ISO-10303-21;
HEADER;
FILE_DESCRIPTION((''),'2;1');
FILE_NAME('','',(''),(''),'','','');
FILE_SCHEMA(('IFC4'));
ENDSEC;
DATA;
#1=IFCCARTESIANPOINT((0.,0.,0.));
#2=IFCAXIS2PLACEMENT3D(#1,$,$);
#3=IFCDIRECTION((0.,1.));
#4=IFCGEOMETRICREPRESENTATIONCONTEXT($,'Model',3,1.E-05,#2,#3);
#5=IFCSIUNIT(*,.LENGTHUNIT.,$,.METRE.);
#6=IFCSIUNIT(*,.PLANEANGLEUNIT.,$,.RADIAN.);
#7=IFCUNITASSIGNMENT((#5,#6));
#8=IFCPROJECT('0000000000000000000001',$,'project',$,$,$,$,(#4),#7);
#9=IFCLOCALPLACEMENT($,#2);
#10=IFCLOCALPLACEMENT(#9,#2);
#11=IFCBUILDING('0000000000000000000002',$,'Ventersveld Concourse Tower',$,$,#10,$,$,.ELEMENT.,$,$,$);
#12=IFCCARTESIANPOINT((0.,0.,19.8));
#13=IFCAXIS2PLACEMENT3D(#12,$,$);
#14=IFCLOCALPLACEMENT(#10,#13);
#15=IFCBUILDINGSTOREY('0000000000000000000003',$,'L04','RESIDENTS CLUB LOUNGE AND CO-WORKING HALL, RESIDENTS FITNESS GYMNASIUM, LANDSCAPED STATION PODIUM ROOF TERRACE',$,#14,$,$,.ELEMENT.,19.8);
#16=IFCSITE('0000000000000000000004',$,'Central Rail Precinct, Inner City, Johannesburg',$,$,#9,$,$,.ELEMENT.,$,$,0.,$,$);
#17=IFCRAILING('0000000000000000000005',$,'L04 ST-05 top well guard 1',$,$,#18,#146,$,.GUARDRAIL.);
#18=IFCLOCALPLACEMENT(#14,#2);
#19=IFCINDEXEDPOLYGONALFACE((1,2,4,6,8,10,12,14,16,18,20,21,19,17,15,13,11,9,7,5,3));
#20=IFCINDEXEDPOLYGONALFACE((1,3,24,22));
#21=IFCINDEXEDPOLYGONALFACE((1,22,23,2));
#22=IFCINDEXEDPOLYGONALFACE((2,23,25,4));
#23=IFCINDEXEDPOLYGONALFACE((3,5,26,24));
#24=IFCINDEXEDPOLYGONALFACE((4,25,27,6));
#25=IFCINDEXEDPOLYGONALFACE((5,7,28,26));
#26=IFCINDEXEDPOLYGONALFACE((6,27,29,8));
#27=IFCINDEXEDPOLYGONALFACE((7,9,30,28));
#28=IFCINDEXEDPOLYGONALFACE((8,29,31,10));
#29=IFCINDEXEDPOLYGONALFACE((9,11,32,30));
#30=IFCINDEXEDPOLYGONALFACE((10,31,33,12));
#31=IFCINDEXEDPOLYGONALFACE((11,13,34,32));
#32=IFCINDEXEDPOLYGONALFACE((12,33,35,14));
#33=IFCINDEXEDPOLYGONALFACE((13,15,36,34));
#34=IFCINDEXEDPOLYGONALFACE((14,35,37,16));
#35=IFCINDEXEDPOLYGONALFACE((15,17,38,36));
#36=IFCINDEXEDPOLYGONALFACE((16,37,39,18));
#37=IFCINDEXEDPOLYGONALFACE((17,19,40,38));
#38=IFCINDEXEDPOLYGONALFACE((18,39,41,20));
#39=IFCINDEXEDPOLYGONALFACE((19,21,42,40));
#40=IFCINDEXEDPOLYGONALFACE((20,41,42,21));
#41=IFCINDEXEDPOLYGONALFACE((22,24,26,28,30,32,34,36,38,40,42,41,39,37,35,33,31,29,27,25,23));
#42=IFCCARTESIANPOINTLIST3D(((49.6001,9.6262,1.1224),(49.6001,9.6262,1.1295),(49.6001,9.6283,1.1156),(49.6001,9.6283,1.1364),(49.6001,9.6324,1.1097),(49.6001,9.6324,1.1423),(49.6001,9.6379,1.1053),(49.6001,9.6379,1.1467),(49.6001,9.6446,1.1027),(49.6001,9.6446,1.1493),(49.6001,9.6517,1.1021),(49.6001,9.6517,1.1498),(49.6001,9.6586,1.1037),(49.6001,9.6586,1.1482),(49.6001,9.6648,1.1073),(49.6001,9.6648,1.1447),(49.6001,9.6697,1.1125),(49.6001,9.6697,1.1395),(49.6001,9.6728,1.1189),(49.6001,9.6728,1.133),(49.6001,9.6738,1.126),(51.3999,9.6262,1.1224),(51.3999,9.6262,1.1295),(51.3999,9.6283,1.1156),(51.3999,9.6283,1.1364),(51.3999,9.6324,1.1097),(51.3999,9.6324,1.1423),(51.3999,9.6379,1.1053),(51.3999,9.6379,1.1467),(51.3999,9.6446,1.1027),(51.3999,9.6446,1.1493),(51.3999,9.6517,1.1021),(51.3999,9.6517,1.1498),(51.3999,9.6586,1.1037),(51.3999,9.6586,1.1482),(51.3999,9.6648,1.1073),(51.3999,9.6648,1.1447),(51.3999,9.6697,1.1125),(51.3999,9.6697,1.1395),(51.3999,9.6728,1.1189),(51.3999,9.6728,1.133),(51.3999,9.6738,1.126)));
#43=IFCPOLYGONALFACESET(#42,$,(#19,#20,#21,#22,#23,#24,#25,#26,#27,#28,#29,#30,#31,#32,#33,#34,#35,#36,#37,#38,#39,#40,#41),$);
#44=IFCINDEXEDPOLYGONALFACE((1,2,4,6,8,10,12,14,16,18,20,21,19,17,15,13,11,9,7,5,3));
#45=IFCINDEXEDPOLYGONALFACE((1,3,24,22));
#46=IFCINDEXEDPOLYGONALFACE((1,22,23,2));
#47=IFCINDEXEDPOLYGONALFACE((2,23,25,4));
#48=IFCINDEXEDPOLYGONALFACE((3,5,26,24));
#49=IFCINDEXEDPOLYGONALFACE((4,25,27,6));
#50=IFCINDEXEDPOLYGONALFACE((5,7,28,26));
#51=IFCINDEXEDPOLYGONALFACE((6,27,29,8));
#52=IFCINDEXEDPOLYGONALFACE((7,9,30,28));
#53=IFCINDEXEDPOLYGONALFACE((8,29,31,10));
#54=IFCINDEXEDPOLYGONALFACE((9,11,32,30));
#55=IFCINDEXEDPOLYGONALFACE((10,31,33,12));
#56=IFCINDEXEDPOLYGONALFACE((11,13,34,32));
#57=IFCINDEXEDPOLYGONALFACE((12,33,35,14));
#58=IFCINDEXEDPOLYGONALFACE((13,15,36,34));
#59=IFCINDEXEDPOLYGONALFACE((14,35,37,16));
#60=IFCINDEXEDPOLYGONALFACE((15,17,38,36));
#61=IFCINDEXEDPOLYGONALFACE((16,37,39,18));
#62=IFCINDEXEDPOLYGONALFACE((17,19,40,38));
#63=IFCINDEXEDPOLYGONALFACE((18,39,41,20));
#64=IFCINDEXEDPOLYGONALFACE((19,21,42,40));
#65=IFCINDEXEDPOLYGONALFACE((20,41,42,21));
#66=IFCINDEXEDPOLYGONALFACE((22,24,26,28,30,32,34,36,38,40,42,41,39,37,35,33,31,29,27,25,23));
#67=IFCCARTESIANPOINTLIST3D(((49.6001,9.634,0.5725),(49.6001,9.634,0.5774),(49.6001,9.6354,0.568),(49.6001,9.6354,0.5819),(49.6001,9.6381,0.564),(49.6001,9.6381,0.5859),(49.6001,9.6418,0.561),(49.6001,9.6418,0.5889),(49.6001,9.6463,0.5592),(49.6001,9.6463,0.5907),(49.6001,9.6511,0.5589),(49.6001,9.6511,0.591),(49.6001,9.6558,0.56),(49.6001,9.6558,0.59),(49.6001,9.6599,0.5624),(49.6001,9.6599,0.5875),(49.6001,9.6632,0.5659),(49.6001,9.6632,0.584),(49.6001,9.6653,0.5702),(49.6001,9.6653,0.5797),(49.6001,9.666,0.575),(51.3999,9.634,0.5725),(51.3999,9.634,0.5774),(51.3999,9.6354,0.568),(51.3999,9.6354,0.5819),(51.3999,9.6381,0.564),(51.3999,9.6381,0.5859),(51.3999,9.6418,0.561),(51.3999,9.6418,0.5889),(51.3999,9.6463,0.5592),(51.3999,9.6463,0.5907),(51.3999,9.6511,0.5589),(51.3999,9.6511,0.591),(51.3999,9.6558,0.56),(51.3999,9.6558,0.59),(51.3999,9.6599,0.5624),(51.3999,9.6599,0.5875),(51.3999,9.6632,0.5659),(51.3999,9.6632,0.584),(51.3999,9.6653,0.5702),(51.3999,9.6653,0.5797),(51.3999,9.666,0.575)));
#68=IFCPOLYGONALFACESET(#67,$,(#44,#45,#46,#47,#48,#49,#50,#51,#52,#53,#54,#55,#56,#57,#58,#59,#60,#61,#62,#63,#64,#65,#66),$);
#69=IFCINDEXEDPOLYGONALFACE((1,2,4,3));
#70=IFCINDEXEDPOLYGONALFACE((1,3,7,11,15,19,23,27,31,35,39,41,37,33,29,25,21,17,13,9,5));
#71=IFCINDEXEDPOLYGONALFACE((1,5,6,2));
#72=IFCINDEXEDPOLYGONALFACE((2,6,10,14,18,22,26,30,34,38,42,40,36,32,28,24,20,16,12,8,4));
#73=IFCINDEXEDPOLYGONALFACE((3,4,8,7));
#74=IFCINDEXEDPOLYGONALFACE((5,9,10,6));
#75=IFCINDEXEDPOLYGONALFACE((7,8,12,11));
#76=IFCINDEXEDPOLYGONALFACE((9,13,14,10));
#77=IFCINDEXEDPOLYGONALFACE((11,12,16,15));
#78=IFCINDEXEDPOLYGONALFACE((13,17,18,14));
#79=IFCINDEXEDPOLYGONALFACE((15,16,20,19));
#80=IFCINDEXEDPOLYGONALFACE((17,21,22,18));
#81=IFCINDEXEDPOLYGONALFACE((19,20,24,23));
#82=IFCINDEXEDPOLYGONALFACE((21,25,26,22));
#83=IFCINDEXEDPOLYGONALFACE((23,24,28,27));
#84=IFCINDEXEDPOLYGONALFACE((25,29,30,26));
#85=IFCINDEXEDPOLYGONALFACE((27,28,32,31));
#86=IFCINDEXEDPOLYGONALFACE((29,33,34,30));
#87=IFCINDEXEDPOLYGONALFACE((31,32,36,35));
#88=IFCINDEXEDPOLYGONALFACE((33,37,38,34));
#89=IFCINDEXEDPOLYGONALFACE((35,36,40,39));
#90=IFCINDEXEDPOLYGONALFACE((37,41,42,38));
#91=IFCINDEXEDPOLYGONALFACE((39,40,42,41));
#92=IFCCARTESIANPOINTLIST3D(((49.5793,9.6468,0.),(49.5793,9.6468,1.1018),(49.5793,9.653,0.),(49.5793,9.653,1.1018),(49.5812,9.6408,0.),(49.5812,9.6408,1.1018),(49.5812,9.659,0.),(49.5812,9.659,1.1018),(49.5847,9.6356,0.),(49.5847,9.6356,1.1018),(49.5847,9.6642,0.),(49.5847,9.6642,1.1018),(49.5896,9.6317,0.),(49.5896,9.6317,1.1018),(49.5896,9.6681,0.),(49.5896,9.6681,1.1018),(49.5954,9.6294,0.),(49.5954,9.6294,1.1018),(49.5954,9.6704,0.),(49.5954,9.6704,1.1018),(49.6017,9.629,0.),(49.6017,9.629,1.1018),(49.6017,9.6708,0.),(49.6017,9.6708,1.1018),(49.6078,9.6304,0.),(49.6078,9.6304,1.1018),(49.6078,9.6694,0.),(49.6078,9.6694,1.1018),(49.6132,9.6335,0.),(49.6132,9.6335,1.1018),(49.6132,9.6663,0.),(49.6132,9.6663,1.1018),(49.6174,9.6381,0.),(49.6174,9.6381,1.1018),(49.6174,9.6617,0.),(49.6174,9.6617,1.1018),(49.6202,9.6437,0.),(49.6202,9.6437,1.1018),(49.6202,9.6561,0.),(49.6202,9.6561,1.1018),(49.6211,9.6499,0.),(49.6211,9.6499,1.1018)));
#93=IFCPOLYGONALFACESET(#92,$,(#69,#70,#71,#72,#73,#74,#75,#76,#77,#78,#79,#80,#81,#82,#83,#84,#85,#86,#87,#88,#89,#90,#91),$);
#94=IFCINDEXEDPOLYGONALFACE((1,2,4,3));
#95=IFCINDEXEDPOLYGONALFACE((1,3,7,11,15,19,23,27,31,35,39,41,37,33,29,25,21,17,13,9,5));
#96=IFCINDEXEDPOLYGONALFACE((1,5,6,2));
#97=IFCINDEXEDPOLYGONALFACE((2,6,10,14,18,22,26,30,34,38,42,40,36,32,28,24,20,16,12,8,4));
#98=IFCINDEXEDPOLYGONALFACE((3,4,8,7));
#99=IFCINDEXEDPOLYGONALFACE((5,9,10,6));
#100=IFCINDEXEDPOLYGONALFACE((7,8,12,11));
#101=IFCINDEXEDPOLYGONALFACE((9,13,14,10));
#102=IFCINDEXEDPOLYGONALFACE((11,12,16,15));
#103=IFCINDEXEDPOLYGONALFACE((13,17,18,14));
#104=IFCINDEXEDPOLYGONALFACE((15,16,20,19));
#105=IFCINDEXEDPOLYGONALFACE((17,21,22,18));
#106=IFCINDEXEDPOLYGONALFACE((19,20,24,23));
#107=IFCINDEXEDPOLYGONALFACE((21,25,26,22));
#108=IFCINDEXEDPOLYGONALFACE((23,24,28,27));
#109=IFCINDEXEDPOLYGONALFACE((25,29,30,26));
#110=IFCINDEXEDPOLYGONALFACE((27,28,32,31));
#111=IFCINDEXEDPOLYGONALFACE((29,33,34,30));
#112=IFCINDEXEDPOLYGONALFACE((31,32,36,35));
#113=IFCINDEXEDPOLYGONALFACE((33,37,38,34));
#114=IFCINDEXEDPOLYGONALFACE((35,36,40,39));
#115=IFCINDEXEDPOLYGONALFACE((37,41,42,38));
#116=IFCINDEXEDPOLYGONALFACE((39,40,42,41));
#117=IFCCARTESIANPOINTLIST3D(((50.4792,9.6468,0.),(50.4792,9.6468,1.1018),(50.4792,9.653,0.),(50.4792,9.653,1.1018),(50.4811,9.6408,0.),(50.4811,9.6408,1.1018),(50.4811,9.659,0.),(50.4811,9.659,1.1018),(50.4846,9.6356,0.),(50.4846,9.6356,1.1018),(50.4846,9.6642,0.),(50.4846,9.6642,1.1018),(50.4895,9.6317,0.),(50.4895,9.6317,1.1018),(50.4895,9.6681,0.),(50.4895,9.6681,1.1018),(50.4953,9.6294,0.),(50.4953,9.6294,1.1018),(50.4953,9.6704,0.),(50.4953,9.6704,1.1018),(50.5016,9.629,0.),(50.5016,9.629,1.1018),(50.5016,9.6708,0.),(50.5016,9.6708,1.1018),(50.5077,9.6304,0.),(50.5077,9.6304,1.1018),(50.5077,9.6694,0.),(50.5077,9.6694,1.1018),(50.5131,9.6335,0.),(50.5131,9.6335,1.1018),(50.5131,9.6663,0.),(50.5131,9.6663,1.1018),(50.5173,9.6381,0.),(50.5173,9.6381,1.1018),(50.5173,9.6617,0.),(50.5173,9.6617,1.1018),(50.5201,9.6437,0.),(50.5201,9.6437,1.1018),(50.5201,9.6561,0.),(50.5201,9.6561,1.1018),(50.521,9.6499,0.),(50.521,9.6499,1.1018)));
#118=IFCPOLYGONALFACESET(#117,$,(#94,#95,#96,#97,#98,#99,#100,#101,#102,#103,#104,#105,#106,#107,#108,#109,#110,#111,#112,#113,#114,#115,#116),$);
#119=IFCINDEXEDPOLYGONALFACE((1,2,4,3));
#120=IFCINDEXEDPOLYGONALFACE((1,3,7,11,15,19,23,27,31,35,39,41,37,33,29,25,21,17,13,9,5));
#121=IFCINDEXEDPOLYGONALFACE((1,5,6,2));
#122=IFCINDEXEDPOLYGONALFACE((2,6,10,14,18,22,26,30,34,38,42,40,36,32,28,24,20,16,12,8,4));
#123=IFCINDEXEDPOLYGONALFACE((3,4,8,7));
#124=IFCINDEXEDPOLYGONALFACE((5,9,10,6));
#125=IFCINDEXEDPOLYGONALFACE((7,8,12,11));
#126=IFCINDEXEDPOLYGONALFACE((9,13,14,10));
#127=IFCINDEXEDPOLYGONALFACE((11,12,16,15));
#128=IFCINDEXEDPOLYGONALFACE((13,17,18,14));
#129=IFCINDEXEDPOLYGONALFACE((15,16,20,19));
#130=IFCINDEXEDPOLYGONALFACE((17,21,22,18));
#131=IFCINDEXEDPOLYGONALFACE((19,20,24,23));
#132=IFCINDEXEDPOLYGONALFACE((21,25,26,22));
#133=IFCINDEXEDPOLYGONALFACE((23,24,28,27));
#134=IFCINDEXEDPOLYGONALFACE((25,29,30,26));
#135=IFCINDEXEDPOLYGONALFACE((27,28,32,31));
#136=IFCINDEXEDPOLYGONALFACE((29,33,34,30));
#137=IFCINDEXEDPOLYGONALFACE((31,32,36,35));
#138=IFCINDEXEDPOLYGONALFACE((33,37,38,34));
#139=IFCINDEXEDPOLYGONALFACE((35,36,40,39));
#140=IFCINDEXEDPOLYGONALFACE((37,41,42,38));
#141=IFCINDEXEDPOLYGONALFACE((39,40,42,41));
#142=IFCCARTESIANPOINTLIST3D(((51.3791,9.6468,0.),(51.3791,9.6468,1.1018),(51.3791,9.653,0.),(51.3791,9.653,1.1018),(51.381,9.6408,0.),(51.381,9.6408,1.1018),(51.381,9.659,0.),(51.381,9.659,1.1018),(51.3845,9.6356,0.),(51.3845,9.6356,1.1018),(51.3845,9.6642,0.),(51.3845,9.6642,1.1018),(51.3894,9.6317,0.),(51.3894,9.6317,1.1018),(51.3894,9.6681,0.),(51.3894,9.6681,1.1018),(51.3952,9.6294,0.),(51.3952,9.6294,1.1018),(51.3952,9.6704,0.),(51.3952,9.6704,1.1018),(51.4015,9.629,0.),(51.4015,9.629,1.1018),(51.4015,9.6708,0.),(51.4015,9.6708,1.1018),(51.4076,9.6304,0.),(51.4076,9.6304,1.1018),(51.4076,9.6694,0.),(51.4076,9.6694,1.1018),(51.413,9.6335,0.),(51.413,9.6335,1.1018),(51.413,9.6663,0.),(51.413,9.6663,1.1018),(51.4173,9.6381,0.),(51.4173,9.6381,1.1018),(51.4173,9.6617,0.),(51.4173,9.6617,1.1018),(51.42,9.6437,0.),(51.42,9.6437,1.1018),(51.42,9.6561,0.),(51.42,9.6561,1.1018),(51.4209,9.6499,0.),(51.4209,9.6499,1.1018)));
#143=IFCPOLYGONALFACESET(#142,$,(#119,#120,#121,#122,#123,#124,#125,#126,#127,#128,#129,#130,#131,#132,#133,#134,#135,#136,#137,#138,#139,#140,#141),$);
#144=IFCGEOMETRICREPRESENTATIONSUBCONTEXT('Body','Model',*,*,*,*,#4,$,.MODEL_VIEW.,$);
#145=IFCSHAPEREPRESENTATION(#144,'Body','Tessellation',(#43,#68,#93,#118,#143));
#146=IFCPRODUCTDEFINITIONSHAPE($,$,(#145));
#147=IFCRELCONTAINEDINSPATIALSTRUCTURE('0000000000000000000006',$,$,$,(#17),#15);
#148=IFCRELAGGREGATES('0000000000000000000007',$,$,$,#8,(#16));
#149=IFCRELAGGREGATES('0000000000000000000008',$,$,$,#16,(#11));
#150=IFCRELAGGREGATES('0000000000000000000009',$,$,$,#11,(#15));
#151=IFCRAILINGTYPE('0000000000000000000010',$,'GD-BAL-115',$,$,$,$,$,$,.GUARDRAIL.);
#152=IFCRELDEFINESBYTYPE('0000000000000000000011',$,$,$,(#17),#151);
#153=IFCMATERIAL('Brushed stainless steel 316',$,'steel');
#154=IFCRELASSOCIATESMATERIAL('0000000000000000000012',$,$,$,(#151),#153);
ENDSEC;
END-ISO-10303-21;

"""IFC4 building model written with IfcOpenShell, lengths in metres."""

from ifc_helpers import new_model, si_unit, direction, frame, origin, origin_2d, place, context, subcontext, project, spatial, circle, extrude, material, type_object, element, save


model = new_model("IFC4")

# Units and contexts
model_context = context("Model", 3, precision=1e-05, world=origin(), true_north=direction((0.0, 1.0)))
body_context = subcontext(model_context, "Body", "Model", "MODEL_VIEW")
ifc_project = project(units=[si_unit("LENGTHUNIT", "METRE"), si_unit("PLANEANGLEUNIT", "RADIAN")], contexts=[model_context])

# Site, building, storey
site_placement = place(None, origin())
site = spatial("IfcSite", under=ifc_project, at=site_placement, Name="Central Rail Precinct, Inner City, Johannesburg", CompositionType="ELEMENT", RefElevation=0.0)
building_placement = place(site_placement, origin())
building = spatial("IfcBuilding", under=site, at=building_placement, Name="Ventersveld Concourse Tower", CompositionType="ELEMENT")
storey_placement = place(building_placement, frame((0.0, 0.0, 19.8)))
storey = spatial("IfcBuildingStorey", under=building, at=storey_placement, Name="L04", Description="RESIDENTS CLUB LOUNGE AND CO-WORKING HALL, RESIDENTS FITNESS GYMNASIUM, LANDSCAPED STATION PODIUM ROOF TERRACE", CompositionType="ELEMENT", Elevation=19.8)

# Shared definitions
ifc_material_1 = material(Name="Brushed stainless steel 316", Category="steel")

# Railing
railing_type = type_object("IfcRailingType", Name="GD-BAL-115", PredefinedType="GUARDRAIL", material=ifc_material_1)
railing_placement = place(storey_placement, frame((49.6001, 9.6499, 0.0)))
element("IfcRailing", 1, at=railing_placement, inside=storey, type_object=railing_type, Name="L04 ST-05 top well guard 1", PredefinedType="GUARDRAIL", context=body_context, shape_type="SweptSolid", body=[
    extrude(circle(Radius=0.0239, at=origin_2d()), frame((0.0, 0.0, 1.126), z_axis=(1.0, 0.0, 0.0), x_axis=(0.0, 1.0, 0.0)), (0.0, 0.0, 1.0), 1.7998),
    extrude(circle(Radius=0.0161, at=origin_2d()), frame((0.0, 0.0, 0.575), z_axis=(1.0, 0.0, 0.0), x_axis=(0.0, 1.0, 0.0)), (0.0, 0.0, 1.0), 1.7998),
    extrude(circle(Radius=0.021, at=origin_2d()), origin(), (0.0, 0.0, 1.0), 1.1018),
    extrude(circle(Radius=0.021, at=origin_2d()), frame((0.8999, 0.0, 0.0)), (0.0, 0.0, 1.0), 1.1018),
    extrude(circle(Radius=0.021, at=origin_2d()), frame((1.7998, 0.0, 0.0)), (0.0, 0.0, 1.0), 1.1018),
])

save(model, "model.ifc")
